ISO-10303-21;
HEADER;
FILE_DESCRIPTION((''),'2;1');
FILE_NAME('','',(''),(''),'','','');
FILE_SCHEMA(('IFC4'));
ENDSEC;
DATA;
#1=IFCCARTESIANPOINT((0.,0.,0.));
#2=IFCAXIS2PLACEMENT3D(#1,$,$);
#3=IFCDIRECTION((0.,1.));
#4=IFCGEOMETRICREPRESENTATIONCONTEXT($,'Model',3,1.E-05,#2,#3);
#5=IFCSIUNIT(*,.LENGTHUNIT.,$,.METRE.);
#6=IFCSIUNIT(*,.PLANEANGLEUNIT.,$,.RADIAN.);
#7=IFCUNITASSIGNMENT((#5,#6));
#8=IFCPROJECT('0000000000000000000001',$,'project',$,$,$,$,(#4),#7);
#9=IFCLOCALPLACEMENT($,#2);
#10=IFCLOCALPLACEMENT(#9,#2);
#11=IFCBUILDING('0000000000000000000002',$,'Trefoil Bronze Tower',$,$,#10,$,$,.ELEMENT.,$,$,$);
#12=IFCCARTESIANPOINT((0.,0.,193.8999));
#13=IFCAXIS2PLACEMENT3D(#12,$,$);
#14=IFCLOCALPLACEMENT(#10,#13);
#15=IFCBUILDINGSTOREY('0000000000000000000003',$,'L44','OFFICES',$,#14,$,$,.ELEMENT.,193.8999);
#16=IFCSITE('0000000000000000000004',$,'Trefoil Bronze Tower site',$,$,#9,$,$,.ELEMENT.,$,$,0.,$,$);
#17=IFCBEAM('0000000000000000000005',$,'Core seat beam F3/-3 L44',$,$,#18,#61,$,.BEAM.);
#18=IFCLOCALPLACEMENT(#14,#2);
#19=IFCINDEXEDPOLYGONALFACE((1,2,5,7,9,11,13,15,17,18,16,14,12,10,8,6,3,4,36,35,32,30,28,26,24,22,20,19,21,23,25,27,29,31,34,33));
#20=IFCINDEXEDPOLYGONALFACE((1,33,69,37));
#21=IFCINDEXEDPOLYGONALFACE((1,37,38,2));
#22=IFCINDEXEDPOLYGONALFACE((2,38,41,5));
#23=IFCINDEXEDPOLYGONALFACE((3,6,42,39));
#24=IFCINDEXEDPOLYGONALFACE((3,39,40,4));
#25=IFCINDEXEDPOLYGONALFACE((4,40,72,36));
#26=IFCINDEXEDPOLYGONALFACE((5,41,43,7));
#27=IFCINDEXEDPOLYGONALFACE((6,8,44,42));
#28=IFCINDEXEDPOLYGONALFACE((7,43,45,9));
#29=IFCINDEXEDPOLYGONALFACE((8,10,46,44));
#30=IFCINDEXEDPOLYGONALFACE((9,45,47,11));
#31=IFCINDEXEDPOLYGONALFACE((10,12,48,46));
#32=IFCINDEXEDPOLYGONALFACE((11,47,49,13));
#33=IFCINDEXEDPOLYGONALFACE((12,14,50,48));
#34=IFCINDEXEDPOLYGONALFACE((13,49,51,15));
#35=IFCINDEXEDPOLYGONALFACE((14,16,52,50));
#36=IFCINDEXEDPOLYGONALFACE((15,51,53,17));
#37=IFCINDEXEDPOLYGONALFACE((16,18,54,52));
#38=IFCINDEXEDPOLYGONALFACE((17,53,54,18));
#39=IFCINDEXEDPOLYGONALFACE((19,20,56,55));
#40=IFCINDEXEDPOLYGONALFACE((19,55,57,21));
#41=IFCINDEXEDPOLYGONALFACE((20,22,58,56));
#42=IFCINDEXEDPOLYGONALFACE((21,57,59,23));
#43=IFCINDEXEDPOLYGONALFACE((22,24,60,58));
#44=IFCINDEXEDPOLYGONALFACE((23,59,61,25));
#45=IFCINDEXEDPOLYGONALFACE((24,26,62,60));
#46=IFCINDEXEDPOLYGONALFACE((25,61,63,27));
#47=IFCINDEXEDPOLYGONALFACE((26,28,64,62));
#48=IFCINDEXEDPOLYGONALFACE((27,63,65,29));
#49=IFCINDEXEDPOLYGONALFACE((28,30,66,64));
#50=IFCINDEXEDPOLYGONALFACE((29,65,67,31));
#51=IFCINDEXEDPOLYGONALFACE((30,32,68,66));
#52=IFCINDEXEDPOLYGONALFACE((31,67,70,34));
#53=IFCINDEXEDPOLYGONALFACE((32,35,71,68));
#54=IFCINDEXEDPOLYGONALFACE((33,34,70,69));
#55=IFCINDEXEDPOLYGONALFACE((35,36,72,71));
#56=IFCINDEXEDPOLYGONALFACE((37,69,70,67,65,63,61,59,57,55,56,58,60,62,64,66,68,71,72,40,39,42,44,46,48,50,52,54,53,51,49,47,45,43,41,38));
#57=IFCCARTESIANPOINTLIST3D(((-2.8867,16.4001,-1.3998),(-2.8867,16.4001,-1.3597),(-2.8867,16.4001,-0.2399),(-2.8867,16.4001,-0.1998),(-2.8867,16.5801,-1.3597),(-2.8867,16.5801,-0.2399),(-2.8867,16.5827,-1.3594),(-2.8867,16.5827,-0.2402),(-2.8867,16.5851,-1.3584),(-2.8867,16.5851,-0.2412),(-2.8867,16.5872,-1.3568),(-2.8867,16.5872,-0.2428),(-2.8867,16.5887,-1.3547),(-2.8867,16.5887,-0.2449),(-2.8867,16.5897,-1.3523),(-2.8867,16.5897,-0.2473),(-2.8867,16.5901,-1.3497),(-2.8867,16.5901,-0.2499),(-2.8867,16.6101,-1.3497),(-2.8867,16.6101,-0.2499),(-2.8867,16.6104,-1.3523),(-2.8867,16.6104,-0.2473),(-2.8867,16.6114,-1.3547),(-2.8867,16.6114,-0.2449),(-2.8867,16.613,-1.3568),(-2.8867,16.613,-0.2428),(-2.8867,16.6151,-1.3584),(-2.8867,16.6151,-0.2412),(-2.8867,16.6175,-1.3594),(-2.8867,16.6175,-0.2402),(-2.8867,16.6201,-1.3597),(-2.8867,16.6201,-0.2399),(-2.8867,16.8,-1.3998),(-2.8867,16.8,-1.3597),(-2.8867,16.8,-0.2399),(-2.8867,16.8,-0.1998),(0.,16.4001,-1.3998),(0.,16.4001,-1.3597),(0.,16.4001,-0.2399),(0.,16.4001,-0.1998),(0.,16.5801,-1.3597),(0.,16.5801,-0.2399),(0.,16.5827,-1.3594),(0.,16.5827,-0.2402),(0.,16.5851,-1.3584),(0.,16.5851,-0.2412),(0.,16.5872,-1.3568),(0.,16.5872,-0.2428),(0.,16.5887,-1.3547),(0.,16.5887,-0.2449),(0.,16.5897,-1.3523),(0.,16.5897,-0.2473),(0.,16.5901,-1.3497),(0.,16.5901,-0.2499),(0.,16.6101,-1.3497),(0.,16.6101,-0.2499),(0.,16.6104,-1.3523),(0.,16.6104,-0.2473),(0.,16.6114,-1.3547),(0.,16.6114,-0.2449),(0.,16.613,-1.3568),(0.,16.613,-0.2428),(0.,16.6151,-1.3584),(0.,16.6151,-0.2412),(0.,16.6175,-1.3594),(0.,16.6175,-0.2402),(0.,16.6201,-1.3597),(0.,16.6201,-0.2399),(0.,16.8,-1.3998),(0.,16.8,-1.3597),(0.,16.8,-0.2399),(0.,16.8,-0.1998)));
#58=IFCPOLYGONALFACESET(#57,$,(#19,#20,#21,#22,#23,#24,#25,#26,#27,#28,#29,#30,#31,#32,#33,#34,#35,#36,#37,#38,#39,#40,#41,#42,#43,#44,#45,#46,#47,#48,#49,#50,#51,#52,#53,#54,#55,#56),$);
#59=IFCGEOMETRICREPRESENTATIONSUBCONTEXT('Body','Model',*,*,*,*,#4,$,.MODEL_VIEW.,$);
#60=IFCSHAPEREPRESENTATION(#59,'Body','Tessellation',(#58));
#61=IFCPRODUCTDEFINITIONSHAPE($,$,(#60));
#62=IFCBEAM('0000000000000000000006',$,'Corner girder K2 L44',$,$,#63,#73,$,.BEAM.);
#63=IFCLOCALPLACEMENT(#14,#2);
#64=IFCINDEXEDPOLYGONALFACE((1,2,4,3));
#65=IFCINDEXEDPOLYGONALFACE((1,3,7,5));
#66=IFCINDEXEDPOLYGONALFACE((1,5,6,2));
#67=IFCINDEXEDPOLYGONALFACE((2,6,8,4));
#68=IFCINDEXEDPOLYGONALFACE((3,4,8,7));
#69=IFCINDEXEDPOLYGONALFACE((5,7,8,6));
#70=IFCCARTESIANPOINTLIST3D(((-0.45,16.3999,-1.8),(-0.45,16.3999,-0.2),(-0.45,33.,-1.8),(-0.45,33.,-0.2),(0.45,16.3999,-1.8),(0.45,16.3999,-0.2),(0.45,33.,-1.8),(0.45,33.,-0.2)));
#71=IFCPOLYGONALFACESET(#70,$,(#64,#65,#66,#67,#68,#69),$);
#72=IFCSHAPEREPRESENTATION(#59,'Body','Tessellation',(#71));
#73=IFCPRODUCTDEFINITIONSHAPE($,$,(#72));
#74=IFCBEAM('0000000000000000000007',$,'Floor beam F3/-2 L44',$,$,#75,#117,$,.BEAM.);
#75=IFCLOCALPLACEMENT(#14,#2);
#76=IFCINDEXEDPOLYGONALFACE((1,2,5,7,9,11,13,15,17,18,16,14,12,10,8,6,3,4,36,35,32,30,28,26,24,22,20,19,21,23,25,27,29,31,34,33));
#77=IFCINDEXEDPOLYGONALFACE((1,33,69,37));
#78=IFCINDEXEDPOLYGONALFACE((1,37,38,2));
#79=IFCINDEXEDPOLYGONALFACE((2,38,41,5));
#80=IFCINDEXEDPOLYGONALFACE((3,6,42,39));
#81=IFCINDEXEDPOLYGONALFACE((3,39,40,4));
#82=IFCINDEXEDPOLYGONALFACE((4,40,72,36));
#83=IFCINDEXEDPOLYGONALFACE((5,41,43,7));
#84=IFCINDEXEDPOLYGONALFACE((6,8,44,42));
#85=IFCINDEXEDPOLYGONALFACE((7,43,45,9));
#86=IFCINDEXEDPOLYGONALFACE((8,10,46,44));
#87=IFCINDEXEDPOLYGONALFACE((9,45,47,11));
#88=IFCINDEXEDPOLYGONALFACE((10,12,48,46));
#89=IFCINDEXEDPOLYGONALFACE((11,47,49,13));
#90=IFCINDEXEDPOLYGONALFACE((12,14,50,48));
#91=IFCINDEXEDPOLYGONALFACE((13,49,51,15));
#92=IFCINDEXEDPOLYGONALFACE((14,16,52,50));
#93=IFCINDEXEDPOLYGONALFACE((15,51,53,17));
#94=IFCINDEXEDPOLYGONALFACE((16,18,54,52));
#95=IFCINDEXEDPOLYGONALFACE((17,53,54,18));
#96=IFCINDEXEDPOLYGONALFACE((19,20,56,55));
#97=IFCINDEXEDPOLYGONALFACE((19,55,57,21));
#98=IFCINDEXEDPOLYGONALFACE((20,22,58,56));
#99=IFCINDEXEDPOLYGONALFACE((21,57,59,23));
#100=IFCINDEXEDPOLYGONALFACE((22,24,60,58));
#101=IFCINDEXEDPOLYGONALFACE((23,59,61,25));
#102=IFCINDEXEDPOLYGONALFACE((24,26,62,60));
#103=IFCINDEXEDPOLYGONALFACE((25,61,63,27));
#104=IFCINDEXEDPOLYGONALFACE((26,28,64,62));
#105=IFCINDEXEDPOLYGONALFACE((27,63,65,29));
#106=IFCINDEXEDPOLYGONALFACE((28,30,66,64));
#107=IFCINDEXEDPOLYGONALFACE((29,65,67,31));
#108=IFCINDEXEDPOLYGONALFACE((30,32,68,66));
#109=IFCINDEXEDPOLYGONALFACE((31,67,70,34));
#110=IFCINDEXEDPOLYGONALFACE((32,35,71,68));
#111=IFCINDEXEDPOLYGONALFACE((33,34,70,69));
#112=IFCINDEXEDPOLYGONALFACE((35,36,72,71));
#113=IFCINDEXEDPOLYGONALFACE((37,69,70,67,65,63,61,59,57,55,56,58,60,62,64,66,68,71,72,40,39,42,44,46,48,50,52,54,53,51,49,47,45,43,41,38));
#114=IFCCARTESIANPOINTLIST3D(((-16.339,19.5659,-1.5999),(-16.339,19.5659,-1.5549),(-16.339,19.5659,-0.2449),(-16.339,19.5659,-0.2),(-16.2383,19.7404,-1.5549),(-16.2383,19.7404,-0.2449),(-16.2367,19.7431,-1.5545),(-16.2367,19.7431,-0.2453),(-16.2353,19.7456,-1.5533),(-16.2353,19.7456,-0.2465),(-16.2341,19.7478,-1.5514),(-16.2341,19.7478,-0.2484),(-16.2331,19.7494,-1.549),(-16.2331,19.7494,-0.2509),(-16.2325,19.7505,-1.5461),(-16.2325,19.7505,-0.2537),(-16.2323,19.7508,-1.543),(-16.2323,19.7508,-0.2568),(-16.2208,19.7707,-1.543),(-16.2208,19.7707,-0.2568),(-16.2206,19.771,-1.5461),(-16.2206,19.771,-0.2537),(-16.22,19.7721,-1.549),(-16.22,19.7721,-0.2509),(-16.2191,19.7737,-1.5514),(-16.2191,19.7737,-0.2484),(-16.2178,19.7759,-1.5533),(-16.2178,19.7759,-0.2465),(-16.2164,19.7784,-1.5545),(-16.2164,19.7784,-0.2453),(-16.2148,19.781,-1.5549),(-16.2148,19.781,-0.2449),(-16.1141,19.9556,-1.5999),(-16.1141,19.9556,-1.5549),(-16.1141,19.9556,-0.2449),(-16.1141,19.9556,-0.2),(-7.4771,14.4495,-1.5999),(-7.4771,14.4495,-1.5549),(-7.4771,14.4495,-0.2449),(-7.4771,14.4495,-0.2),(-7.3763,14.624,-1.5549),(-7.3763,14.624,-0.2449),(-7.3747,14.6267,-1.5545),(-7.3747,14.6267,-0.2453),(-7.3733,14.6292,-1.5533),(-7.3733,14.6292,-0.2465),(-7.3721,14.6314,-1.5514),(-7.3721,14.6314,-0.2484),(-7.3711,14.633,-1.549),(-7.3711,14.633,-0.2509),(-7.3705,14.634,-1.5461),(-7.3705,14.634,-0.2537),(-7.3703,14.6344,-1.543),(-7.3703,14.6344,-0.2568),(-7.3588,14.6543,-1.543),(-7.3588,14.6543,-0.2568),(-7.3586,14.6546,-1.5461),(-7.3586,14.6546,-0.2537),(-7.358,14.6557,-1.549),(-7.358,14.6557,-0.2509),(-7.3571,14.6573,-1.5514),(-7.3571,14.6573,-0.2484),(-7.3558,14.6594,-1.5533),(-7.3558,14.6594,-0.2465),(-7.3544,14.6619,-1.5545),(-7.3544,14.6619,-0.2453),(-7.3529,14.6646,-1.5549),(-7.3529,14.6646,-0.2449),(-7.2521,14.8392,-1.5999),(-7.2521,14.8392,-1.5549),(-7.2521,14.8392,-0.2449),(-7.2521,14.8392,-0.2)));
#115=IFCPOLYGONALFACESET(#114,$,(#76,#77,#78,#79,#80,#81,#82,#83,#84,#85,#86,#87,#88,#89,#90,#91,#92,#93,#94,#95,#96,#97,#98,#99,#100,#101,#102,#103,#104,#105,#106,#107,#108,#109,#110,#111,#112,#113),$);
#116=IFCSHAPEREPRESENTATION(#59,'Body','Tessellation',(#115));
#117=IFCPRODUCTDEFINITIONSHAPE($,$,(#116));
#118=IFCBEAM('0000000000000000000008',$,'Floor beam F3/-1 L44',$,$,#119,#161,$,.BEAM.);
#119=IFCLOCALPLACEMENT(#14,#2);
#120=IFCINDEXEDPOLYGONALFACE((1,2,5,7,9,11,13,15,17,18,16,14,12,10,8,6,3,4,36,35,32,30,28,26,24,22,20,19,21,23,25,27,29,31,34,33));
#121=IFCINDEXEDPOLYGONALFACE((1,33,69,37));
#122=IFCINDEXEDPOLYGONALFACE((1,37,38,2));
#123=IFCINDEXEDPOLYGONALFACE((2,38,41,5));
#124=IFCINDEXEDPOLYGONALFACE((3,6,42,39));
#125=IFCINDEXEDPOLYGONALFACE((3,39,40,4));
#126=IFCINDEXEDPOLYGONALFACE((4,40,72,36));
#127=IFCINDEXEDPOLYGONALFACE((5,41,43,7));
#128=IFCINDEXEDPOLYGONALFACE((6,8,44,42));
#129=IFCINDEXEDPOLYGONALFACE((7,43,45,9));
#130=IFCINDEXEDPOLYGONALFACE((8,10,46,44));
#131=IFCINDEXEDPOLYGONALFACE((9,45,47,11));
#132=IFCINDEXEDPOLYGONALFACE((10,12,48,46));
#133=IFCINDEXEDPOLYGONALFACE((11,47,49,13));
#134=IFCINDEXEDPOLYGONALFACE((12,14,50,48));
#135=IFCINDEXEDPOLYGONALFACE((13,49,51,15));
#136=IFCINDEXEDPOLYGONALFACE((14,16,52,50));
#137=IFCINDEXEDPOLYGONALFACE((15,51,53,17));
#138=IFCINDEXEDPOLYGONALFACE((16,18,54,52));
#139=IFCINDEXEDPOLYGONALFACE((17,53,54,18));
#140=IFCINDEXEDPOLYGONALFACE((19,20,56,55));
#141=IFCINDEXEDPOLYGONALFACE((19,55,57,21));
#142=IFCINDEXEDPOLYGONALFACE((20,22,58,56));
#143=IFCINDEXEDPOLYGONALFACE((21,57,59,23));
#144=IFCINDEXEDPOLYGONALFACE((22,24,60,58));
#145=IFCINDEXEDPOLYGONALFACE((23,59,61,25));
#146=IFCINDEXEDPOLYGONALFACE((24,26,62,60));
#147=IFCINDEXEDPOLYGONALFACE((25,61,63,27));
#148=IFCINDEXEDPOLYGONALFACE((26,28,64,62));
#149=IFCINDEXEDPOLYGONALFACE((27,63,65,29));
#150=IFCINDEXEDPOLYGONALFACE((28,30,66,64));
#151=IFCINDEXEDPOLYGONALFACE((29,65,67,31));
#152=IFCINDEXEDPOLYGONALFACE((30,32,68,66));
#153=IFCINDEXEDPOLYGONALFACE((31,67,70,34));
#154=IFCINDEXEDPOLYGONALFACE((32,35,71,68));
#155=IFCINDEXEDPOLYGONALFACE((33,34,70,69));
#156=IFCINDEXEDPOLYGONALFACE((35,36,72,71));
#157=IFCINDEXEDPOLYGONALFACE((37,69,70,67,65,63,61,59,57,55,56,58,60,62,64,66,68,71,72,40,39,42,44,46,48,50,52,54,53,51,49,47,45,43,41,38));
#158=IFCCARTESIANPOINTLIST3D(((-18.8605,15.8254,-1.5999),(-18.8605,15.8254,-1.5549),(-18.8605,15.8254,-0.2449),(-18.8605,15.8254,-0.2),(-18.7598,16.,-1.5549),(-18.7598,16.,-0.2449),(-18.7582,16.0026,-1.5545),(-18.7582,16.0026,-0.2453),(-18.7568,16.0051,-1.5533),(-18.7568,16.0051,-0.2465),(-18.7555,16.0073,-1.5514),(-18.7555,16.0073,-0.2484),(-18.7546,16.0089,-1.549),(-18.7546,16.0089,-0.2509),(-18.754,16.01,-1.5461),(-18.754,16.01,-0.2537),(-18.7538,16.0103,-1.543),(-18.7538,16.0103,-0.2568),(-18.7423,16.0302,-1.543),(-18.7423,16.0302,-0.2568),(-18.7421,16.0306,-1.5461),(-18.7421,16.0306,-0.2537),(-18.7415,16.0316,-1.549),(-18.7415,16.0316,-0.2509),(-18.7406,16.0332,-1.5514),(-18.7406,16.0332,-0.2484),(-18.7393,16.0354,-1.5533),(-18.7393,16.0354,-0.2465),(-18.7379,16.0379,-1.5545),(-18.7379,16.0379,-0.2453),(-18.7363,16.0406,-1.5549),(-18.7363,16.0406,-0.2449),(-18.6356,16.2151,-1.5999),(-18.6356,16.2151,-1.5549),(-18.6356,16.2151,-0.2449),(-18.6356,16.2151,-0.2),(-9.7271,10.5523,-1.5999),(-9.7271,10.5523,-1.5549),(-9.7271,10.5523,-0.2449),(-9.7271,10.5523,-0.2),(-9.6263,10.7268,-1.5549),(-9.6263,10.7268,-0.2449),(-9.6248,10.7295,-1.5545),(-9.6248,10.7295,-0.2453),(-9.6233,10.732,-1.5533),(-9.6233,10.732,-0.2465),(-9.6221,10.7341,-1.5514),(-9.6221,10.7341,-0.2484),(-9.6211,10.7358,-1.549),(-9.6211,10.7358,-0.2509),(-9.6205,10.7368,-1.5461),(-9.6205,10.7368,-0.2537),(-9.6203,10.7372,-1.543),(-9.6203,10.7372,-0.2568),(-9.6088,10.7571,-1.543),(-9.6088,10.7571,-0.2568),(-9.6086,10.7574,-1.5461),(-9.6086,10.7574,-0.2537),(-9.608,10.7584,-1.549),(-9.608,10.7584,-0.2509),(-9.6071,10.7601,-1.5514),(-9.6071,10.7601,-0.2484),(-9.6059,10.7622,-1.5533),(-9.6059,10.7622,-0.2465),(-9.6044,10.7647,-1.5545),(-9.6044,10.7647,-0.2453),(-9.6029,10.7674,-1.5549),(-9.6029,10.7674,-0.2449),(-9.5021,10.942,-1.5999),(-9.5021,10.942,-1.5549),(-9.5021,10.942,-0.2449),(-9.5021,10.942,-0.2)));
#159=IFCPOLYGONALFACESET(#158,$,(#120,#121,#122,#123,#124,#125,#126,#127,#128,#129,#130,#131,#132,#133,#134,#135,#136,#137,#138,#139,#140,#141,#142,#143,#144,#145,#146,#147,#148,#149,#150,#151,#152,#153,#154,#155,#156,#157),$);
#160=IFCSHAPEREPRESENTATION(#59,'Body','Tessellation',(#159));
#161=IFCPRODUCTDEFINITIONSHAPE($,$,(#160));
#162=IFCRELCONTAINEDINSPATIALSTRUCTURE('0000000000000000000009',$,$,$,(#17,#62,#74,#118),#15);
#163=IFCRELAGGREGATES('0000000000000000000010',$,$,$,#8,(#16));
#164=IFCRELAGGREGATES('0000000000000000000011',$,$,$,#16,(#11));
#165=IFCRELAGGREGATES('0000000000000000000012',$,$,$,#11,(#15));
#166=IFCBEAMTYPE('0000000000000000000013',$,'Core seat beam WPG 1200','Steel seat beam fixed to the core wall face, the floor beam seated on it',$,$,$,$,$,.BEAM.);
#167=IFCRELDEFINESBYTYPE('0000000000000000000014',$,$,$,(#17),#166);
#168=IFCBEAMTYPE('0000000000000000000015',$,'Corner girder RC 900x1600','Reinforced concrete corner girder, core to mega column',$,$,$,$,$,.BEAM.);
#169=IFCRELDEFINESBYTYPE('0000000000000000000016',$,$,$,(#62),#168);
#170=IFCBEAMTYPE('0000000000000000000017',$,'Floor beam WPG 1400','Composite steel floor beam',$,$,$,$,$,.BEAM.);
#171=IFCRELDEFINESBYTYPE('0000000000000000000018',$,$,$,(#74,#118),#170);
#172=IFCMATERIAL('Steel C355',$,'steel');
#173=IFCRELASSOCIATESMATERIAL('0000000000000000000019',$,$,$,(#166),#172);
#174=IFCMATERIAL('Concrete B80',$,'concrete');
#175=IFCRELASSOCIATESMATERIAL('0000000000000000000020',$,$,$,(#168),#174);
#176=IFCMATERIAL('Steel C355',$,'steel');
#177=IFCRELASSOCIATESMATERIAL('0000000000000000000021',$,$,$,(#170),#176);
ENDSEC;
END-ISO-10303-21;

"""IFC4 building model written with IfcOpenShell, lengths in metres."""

from ifc_helpers import new_model, si_unit, direction, frame, origin, origin_2d, place, context, subcontext, project, spatial, rectangle, i_section, extrude, material, material_profile, profile_set, type_object, element, save


model = new_model("IFC4")

# Units and contexts
model_context = context("Model", 3, precision=1e-05, world=origin(), true_north=direction((0.0, 1.0)))
body_context = subcontext(model_context, "Body", "Model", "MODEL_VIEW")
ifc_project = project(units=[si_unit("LENGTHUNIT", "METRE"), si_unit("PLANEANGLEUNIT", "RADIAN")], contexts=[model_context])

# Site, building, storey
site_placement = place(None, origin())
site = spatial("IfcSite", under=ifc_project, at=site_placement, Name="Trefoil Bronze Tower site", CompositionType="ELEMENT", RefElevation=0.0)
building_placement = place(site_placement, origin())
building = spatial("IfcBuilding", under=site, at=building_placement, Name="Trefoil Bronze Tower", CompositionType="ELEMENT")
storey_placement = place(building_placement, frame((0.0, 0.0, 193.8999)))
storey = spatial("IfcBuildingStorey", under=building, at=storey_placement, Name="L44", Description="OFFICES", CompositionType="ELEMENT", Elevation=193.8999)

# Beams
ifc_material_1 = material(Name="Steel C355", Category="steel")
ifc_material_profile_1 = material_profile(ifc_material_1, i_section(OverallWidth=0.3999, OverallDepth=1.2, WebThickness=0.02, FlangeThickness=0.04, FilletRadius=0.01, at=origin_2d()), Name="WPG 1200")
ifc_profile_set_1 = profile_set([ifc_material_profile_1], Name="Steel C355")
beam_type_1 = type_object("IfcBeamType", Name="Core seat beam WPG 1200", Description="Steel seat beam fixed to the core wall face, the floor beam seated on it", PredefinedType="BEAM", material=ifc_profile_set_1)
beam_1_placement = place(storey_placement, frame((0.0, 16.6001, -0.7998), z_axis=(-1.0, 0.0, 0.0), x_axis=(0.0, -1.0, 0.0)))
element("IfcBeam", 1, at=beam_1_placement, inside=storey, type_object=beam_type_1, Name="Core seat beam F3/-3 L44", PredefinedType="BEAM", context=body_context, shape_type="SweptSolid", body=[
    extrude(i_section(OverallWidth=0.3999, OverallDepth=1.2, WebThickness=0.02, FlangeThickness=0.04, FilletRadius=0.01, at=origin_2d()), origin(), (0.0, 0.0, 1.0), 2.8867),
])
ifc_material_2 = material(Name="Concrete B80", Category="concrete")
ifc_material_profile_2 = material_profile(ifc_material_2, rectangle(XDim=0.8999, YDim=1.6001, at=origin_2d()), Name="RC 900x1600")
ifc_profile_set_2 = profile_set([ifc_material_profile_2], Name="Concrete B80")
beam_type_2 = type_object("IfcBeamType", Name="Corner girder RC 900x1600", Description="Reinforced concrete corner girder, core to mega column", PredefinedType="BEAM", material=ifc_profile_set_2)
beam_2_placement = place(storey_placement, frame((0.0, 16.3999, -1.0), z_axis=(0.0, 1.0, 0.0), x_axis=(-1.0, 0.0, 0.0)))
element("IfcBeam", 2, at=beam_2_placement, inside=storey, type_object=beam_type_2, Name="Corner girder K2 L44", PredefinedType="BEAM", context=body_context, shape_type="SweptSolid", body=[
    extrude(rectangle(XDim=0.8999, YDim=1.6001, at=origin_2d()), origin(), (0.0, 0.0, 1.0), 16.6001),
])
ifc_material_3 = material(Name="Steel C355", Category="steel")
ifc_material_profile_3 = material_profile(ifc_material_3, i_section(OverallWidth=0.45, OverallDepth=1.3999, WebThickness=0.0229, FlangeThickness=0.0449, FilletRadius=0.012, at=origin_2d()), Name="WPG 1400")
ifc_profile_set_3 = profile_set([ifc_material_profile_3], Name="Steel C355")
beam_type_3 = type_object("IfcBeamType", Name="Floor beam WPG 1400", Description="Composite steel floor beam", PredefinedType="BEAM", material=ifc_profile_set_3)
beam_3_placement = place(storey_placement, frame((-16.2266, 19.7607, -0.8999), z_axis=(0.866028, -0.499996, 0.0), x_axis=(0.499996, 0.866028, 0.0)))
element("IfcBeam", 3, at=beam_3_placement, inside=storey, type_object=beam_type_3, Name="Floor beam F3/-2 L44", PredefinedType="BEAM", context=body_context, shape_type="SweptSolid", body=[
    extrude(i_section(OverallWidth=0.45, OverallDepth=1.3999, WebThickness=0.0229, FlangeThickness=0.0449, FilletRadius=0.012, at=origin_2d()), origin(), (0.0, 0.0, 1.0), 10.2329),
])
beam_4_placement = place(storey_placement, frame((-18.748, 16.0203, -0.8999), z_axis=(0.866028, -0.499996, 0.0), x_axis=(0.499996, 0.866028, 0.0)))
element("IfcBeam", 4, at=beam_4_placement, inside=storey, type_object=beam_type_3, Name="Floor beam F3/-1 L44", PredefinedType="BEAM", context=body_context, shape_type="SweptSolid", body=[
    extrude(i_section(OverallWidth=0.45, OverallDepth=1.3999, WebThickness=0.0229, FlangeThickness=0.0449, FilletRadius=0.012, at=origin_2d()), origin(), (0.0, 0.0, 1.0), 10.5464),
])

save(model, "model.ifc")
